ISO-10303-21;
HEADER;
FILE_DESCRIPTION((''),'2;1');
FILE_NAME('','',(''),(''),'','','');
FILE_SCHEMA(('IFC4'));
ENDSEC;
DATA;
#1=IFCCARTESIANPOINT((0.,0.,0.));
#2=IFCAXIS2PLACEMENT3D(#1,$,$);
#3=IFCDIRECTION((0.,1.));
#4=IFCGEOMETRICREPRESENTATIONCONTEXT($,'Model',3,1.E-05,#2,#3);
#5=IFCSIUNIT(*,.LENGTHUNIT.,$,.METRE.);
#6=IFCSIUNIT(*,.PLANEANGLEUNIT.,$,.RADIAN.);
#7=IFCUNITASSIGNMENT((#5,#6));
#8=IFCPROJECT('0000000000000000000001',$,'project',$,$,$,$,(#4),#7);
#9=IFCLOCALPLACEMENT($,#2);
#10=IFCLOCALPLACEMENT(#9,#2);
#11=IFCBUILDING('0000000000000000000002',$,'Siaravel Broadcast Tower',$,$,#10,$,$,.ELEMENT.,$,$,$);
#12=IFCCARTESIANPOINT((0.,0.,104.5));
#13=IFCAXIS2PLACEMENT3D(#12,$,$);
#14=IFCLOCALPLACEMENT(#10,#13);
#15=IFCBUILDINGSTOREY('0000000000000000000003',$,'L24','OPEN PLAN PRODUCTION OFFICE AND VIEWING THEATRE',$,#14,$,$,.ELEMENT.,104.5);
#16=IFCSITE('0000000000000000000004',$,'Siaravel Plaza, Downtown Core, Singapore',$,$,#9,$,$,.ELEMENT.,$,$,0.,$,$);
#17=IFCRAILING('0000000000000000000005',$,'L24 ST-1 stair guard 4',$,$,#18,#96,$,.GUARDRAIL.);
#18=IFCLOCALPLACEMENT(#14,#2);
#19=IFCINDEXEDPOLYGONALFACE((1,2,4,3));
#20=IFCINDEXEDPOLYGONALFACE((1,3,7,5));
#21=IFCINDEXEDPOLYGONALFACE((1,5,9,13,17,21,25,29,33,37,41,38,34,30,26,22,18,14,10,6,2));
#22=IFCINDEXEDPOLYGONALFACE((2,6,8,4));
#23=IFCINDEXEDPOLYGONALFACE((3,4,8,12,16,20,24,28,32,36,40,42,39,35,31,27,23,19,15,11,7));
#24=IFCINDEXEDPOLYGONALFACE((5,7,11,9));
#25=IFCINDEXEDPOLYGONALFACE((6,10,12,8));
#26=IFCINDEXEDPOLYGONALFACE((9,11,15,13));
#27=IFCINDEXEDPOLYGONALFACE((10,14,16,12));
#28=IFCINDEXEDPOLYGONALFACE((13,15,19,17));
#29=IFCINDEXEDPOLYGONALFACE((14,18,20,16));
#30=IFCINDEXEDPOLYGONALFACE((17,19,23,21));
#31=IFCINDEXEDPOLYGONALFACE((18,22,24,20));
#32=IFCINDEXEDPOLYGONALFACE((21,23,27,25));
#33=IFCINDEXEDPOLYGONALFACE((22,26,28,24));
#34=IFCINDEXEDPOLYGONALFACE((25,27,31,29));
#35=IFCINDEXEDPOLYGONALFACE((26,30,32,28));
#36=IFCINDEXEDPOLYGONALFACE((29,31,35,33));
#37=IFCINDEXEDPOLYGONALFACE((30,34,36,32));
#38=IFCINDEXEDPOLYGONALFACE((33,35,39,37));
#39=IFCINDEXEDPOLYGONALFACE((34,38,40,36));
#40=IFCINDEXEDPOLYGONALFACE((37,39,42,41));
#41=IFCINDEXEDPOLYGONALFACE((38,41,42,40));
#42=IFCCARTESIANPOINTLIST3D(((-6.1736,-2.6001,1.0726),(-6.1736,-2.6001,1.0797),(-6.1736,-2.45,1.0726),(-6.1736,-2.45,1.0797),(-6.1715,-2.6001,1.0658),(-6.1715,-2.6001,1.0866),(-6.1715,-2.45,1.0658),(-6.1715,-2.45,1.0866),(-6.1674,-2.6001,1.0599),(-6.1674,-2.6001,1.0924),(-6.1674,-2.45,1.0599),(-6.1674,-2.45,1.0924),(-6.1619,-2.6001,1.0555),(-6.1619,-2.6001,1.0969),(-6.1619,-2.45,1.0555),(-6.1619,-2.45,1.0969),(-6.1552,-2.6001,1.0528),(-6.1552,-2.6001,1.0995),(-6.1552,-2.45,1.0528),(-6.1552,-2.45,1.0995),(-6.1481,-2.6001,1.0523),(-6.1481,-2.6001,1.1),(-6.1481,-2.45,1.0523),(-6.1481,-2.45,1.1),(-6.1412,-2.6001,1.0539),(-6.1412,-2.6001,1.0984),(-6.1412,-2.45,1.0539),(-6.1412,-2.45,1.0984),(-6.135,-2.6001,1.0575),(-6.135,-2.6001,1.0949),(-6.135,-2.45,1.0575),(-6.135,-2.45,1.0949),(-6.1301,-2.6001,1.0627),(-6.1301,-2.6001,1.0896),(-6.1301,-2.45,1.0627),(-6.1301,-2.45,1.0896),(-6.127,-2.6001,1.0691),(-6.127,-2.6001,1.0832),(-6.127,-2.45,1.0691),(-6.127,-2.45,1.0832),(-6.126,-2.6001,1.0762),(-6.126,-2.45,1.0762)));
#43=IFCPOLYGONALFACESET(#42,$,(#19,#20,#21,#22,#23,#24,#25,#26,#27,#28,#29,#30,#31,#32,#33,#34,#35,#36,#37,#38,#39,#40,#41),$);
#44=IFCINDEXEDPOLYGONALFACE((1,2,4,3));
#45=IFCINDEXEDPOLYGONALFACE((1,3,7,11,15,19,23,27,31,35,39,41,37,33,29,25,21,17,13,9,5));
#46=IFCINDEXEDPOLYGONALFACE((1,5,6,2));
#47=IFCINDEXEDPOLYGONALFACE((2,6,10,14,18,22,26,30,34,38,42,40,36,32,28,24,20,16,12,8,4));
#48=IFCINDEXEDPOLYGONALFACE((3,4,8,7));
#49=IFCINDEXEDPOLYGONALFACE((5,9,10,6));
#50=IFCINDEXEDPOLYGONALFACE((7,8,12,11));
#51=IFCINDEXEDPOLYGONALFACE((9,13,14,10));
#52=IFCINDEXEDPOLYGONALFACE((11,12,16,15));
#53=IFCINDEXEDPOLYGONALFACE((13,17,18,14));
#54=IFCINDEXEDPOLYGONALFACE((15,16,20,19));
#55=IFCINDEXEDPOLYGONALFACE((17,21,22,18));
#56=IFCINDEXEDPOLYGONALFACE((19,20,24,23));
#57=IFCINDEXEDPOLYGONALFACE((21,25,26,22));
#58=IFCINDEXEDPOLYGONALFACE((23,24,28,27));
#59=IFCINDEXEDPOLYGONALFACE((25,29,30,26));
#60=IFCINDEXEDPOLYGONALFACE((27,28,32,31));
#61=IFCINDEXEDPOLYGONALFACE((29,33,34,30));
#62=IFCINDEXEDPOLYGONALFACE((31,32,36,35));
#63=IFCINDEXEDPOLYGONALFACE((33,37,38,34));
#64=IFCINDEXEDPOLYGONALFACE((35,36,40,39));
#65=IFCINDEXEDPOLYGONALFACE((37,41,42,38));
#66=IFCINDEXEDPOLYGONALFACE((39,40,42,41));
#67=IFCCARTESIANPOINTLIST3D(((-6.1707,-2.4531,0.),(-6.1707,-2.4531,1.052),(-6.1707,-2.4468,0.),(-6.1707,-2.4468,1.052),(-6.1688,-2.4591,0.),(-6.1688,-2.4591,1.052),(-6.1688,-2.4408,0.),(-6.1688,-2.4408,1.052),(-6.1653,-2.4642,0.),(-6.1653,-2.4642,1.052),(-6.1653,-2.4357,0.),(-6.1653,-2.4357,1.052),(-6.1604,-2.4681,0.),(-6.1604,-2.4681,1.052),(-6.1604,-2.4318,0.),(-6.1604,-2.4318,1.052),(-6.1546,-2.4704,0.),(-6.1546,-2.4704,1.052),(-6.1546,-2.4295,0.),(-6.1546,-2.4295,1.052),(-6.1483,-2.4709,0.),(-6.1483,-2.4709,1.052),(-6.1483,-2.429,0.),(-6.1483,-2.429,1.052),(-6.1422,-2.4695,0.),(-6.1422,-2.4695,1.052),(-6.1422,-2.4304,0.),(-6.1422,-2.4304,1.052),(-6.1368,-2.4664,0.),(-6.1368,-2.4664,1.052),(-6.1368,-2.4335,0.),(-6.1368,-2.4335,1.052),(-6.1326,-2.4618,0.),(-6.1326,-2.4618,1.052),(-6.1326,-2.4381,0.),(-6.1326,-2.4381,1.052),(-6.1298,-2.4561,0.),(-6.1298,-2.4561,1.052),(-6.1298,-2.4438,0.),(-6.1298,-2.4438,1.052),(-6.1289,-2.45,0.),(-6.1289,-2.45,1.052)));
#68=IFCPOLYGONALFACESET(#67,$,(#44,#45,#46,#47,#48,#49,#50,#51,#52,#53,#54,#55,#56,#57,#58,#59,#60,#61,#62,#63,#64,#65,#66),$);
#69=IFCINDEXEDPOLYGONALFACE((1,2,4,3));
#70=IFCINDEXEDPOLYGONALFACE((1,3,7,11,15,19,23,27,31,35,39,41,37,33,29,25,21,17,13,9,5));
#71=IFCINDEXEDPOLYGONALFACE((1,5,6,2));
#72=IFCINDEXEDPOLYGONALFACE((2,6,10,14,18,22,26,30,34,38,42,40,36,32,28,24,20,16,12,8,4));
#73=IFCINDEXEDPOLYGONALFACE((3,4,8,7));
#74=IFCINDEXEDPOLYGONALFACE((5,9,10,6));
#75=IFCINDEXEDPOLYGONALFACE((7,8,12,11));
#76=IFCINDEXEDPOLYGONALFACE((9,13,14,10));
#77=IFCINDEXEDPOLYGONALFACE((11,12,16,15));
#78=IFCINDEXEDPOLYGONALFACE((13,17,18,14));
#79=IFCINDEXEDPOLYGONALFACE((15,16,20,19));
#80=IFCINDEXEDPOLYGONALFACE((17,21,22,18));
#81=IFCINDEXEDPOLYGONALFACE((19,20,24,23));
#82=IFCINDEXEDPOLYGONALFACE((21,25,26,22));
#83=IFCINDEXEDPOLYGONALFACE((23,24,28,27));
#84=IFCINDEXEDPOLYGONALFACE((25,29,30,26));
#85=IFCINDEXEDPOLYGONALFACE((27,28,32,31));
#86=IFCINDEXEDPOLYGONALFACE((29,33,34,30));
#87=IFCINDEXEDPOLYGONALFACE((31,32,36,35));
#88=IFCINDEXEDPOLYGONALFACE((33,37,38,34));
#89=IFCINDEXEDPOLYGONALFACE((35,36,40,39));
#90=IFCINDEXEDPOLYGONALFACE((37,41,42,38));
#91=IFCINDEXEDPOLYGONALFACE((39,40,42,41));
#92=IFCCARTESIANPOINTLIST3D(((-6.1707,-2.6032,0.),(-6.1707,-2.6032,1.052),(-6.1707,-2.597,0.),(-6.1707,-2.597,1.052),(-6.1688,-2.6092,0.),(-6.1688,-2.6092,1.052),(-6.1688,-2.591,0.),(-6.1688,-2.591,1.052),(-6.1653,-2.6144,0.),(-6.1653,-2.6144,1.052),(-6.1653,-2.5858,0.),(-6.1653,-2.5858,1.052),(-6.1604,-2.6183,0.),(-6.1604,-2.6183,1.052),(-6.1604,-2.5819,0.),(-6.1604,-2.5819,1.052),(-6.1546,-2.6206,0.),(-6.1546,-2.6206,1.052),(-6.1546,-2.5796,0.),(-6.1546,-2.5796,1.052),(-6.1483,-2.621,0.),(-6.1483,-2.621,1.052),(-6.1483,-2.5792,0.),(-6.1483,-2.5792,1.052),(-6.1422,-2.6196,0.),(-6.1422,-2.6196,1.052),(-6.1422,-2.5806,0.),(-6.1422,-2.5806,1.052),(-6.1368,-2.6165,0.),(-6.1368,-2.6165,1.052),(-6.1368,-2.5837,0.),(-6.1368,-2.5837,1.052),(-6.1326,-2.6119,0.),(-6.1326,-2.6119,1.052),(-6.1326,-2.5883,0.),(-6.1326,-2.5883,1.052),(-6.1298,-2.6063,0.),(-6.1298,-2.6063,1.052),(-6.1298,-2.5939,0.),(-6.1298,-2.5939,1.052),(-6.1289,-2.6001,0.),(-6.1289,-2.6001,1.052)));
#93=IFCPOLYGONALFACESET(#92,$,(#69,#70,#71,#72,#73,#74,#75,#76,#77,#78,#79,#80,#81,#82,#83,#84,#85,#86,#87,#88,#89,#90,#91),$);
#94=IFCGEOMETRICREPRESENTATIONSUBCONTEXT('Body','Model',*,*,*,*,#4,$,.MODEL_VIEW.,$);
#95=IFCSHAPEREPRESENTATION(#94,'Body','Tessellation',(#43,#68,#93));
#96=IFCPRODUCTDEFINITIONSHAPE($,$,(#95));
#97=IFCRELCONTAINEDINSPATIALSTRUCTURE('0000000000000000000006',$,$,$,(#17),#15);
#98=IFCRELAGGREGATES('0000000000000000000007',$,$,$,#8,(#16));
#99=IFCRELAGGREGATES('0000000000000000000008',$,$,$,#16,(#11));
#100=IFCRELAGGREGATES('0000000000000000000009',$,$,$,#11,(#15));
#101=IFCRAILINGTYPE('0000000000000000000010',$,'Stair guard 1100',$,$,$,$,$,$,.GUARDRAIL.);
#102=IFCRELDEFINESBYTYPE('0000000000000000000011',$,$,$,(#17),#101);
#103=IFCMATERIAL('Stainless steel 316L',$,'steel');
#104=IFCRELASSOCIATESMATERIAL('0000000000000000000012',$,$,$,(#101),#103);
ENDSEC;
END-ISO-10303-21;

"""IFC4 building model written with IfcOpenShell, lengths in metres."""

from ifc_helpers import new_model, si_unit, direction, frame, origin, origin_2d, place, context, subcontext, project, spatial, circle, extrude, material, type_object, element, save


model = new_model("IFC4")

# Units and contexts
model_context = context("Model", 3, precision=1e-05, world=origin(), true_north=direction((0.0, 1.0)))
body_context = subcontext(model_context, "Body", "Model", "MODEL_VIEW")
ifc_project = project(units=[si_unit("LENGTHUNIT", "METRE"), si_unit("PLANEANGLEUNIT", "RADIAN")], contexts=[model_context])

# Site, building, storey
site_placement = place(None, origin())
site = spatial("IfcSite", under=ifc_project, at=site_placement, Name="Siaravel Plaza, Downtown Core, Singapore", CompositionType="ELEMENT", RefElevation=0.0)
building_placement = place(site_placement, origin())
building = spatial("IfcBuilding", under=site, at=building_placement, Name="Siaravel Broadcast Tower", CompositionType="ELEMENT")
storey_placement = place(building_placement, frame((0.0, 0.0, 104.5)))
storey = spatial("IfcBuildingStorey", under=building, at=storey_placement, Name="L24", Description="OPEN PLAN PRODUCTION OFFICE AND VIEWING THEATRE", CompositionType="ELEMENT", Elevation=104.5)

# Railing
ifc_material_1 = material(Name="Stainless steel 316L", Category="steel")
railing_type_1 = type_object("IfcRailingType", Name="Stair guard 1100", PredefinedType="GUARDRAIL", material=ifc_material_1)
railing_1_placement = place(storey_placement, frame((-6.1499, -2.45, 0.0)))
element("IfcRailing", 1, at=railing_1_placement, inside=storey, type_object=railing_type_1, Name="L24 ST-1 stair guard 4", PredefinedType="GUARDRAIL", context=body_context, shape_type="SweptSolid", body=[
    extrude(circle(Radius=0.0239, at=origin_2d()), frame((0.0, 0.0, 1.0762), z_axis=(0.0, -1.0, 0.0), x_axis=(1.0, 0.0, 0.0)), (0.0, 0.0, 1.0), 0.1501),
    extrude(circle(Radius=0.021, at=origin_2d()), origin(), (0.0, 0.0, 1.0), 1.052),
    extrude(circle(Radius=0.021, at=origin_2d()), frame((0.0, -0.1501, 0.0)), (0.0, 0.0, 1.0), 1.052),
])

save(model, "model.ifc")
